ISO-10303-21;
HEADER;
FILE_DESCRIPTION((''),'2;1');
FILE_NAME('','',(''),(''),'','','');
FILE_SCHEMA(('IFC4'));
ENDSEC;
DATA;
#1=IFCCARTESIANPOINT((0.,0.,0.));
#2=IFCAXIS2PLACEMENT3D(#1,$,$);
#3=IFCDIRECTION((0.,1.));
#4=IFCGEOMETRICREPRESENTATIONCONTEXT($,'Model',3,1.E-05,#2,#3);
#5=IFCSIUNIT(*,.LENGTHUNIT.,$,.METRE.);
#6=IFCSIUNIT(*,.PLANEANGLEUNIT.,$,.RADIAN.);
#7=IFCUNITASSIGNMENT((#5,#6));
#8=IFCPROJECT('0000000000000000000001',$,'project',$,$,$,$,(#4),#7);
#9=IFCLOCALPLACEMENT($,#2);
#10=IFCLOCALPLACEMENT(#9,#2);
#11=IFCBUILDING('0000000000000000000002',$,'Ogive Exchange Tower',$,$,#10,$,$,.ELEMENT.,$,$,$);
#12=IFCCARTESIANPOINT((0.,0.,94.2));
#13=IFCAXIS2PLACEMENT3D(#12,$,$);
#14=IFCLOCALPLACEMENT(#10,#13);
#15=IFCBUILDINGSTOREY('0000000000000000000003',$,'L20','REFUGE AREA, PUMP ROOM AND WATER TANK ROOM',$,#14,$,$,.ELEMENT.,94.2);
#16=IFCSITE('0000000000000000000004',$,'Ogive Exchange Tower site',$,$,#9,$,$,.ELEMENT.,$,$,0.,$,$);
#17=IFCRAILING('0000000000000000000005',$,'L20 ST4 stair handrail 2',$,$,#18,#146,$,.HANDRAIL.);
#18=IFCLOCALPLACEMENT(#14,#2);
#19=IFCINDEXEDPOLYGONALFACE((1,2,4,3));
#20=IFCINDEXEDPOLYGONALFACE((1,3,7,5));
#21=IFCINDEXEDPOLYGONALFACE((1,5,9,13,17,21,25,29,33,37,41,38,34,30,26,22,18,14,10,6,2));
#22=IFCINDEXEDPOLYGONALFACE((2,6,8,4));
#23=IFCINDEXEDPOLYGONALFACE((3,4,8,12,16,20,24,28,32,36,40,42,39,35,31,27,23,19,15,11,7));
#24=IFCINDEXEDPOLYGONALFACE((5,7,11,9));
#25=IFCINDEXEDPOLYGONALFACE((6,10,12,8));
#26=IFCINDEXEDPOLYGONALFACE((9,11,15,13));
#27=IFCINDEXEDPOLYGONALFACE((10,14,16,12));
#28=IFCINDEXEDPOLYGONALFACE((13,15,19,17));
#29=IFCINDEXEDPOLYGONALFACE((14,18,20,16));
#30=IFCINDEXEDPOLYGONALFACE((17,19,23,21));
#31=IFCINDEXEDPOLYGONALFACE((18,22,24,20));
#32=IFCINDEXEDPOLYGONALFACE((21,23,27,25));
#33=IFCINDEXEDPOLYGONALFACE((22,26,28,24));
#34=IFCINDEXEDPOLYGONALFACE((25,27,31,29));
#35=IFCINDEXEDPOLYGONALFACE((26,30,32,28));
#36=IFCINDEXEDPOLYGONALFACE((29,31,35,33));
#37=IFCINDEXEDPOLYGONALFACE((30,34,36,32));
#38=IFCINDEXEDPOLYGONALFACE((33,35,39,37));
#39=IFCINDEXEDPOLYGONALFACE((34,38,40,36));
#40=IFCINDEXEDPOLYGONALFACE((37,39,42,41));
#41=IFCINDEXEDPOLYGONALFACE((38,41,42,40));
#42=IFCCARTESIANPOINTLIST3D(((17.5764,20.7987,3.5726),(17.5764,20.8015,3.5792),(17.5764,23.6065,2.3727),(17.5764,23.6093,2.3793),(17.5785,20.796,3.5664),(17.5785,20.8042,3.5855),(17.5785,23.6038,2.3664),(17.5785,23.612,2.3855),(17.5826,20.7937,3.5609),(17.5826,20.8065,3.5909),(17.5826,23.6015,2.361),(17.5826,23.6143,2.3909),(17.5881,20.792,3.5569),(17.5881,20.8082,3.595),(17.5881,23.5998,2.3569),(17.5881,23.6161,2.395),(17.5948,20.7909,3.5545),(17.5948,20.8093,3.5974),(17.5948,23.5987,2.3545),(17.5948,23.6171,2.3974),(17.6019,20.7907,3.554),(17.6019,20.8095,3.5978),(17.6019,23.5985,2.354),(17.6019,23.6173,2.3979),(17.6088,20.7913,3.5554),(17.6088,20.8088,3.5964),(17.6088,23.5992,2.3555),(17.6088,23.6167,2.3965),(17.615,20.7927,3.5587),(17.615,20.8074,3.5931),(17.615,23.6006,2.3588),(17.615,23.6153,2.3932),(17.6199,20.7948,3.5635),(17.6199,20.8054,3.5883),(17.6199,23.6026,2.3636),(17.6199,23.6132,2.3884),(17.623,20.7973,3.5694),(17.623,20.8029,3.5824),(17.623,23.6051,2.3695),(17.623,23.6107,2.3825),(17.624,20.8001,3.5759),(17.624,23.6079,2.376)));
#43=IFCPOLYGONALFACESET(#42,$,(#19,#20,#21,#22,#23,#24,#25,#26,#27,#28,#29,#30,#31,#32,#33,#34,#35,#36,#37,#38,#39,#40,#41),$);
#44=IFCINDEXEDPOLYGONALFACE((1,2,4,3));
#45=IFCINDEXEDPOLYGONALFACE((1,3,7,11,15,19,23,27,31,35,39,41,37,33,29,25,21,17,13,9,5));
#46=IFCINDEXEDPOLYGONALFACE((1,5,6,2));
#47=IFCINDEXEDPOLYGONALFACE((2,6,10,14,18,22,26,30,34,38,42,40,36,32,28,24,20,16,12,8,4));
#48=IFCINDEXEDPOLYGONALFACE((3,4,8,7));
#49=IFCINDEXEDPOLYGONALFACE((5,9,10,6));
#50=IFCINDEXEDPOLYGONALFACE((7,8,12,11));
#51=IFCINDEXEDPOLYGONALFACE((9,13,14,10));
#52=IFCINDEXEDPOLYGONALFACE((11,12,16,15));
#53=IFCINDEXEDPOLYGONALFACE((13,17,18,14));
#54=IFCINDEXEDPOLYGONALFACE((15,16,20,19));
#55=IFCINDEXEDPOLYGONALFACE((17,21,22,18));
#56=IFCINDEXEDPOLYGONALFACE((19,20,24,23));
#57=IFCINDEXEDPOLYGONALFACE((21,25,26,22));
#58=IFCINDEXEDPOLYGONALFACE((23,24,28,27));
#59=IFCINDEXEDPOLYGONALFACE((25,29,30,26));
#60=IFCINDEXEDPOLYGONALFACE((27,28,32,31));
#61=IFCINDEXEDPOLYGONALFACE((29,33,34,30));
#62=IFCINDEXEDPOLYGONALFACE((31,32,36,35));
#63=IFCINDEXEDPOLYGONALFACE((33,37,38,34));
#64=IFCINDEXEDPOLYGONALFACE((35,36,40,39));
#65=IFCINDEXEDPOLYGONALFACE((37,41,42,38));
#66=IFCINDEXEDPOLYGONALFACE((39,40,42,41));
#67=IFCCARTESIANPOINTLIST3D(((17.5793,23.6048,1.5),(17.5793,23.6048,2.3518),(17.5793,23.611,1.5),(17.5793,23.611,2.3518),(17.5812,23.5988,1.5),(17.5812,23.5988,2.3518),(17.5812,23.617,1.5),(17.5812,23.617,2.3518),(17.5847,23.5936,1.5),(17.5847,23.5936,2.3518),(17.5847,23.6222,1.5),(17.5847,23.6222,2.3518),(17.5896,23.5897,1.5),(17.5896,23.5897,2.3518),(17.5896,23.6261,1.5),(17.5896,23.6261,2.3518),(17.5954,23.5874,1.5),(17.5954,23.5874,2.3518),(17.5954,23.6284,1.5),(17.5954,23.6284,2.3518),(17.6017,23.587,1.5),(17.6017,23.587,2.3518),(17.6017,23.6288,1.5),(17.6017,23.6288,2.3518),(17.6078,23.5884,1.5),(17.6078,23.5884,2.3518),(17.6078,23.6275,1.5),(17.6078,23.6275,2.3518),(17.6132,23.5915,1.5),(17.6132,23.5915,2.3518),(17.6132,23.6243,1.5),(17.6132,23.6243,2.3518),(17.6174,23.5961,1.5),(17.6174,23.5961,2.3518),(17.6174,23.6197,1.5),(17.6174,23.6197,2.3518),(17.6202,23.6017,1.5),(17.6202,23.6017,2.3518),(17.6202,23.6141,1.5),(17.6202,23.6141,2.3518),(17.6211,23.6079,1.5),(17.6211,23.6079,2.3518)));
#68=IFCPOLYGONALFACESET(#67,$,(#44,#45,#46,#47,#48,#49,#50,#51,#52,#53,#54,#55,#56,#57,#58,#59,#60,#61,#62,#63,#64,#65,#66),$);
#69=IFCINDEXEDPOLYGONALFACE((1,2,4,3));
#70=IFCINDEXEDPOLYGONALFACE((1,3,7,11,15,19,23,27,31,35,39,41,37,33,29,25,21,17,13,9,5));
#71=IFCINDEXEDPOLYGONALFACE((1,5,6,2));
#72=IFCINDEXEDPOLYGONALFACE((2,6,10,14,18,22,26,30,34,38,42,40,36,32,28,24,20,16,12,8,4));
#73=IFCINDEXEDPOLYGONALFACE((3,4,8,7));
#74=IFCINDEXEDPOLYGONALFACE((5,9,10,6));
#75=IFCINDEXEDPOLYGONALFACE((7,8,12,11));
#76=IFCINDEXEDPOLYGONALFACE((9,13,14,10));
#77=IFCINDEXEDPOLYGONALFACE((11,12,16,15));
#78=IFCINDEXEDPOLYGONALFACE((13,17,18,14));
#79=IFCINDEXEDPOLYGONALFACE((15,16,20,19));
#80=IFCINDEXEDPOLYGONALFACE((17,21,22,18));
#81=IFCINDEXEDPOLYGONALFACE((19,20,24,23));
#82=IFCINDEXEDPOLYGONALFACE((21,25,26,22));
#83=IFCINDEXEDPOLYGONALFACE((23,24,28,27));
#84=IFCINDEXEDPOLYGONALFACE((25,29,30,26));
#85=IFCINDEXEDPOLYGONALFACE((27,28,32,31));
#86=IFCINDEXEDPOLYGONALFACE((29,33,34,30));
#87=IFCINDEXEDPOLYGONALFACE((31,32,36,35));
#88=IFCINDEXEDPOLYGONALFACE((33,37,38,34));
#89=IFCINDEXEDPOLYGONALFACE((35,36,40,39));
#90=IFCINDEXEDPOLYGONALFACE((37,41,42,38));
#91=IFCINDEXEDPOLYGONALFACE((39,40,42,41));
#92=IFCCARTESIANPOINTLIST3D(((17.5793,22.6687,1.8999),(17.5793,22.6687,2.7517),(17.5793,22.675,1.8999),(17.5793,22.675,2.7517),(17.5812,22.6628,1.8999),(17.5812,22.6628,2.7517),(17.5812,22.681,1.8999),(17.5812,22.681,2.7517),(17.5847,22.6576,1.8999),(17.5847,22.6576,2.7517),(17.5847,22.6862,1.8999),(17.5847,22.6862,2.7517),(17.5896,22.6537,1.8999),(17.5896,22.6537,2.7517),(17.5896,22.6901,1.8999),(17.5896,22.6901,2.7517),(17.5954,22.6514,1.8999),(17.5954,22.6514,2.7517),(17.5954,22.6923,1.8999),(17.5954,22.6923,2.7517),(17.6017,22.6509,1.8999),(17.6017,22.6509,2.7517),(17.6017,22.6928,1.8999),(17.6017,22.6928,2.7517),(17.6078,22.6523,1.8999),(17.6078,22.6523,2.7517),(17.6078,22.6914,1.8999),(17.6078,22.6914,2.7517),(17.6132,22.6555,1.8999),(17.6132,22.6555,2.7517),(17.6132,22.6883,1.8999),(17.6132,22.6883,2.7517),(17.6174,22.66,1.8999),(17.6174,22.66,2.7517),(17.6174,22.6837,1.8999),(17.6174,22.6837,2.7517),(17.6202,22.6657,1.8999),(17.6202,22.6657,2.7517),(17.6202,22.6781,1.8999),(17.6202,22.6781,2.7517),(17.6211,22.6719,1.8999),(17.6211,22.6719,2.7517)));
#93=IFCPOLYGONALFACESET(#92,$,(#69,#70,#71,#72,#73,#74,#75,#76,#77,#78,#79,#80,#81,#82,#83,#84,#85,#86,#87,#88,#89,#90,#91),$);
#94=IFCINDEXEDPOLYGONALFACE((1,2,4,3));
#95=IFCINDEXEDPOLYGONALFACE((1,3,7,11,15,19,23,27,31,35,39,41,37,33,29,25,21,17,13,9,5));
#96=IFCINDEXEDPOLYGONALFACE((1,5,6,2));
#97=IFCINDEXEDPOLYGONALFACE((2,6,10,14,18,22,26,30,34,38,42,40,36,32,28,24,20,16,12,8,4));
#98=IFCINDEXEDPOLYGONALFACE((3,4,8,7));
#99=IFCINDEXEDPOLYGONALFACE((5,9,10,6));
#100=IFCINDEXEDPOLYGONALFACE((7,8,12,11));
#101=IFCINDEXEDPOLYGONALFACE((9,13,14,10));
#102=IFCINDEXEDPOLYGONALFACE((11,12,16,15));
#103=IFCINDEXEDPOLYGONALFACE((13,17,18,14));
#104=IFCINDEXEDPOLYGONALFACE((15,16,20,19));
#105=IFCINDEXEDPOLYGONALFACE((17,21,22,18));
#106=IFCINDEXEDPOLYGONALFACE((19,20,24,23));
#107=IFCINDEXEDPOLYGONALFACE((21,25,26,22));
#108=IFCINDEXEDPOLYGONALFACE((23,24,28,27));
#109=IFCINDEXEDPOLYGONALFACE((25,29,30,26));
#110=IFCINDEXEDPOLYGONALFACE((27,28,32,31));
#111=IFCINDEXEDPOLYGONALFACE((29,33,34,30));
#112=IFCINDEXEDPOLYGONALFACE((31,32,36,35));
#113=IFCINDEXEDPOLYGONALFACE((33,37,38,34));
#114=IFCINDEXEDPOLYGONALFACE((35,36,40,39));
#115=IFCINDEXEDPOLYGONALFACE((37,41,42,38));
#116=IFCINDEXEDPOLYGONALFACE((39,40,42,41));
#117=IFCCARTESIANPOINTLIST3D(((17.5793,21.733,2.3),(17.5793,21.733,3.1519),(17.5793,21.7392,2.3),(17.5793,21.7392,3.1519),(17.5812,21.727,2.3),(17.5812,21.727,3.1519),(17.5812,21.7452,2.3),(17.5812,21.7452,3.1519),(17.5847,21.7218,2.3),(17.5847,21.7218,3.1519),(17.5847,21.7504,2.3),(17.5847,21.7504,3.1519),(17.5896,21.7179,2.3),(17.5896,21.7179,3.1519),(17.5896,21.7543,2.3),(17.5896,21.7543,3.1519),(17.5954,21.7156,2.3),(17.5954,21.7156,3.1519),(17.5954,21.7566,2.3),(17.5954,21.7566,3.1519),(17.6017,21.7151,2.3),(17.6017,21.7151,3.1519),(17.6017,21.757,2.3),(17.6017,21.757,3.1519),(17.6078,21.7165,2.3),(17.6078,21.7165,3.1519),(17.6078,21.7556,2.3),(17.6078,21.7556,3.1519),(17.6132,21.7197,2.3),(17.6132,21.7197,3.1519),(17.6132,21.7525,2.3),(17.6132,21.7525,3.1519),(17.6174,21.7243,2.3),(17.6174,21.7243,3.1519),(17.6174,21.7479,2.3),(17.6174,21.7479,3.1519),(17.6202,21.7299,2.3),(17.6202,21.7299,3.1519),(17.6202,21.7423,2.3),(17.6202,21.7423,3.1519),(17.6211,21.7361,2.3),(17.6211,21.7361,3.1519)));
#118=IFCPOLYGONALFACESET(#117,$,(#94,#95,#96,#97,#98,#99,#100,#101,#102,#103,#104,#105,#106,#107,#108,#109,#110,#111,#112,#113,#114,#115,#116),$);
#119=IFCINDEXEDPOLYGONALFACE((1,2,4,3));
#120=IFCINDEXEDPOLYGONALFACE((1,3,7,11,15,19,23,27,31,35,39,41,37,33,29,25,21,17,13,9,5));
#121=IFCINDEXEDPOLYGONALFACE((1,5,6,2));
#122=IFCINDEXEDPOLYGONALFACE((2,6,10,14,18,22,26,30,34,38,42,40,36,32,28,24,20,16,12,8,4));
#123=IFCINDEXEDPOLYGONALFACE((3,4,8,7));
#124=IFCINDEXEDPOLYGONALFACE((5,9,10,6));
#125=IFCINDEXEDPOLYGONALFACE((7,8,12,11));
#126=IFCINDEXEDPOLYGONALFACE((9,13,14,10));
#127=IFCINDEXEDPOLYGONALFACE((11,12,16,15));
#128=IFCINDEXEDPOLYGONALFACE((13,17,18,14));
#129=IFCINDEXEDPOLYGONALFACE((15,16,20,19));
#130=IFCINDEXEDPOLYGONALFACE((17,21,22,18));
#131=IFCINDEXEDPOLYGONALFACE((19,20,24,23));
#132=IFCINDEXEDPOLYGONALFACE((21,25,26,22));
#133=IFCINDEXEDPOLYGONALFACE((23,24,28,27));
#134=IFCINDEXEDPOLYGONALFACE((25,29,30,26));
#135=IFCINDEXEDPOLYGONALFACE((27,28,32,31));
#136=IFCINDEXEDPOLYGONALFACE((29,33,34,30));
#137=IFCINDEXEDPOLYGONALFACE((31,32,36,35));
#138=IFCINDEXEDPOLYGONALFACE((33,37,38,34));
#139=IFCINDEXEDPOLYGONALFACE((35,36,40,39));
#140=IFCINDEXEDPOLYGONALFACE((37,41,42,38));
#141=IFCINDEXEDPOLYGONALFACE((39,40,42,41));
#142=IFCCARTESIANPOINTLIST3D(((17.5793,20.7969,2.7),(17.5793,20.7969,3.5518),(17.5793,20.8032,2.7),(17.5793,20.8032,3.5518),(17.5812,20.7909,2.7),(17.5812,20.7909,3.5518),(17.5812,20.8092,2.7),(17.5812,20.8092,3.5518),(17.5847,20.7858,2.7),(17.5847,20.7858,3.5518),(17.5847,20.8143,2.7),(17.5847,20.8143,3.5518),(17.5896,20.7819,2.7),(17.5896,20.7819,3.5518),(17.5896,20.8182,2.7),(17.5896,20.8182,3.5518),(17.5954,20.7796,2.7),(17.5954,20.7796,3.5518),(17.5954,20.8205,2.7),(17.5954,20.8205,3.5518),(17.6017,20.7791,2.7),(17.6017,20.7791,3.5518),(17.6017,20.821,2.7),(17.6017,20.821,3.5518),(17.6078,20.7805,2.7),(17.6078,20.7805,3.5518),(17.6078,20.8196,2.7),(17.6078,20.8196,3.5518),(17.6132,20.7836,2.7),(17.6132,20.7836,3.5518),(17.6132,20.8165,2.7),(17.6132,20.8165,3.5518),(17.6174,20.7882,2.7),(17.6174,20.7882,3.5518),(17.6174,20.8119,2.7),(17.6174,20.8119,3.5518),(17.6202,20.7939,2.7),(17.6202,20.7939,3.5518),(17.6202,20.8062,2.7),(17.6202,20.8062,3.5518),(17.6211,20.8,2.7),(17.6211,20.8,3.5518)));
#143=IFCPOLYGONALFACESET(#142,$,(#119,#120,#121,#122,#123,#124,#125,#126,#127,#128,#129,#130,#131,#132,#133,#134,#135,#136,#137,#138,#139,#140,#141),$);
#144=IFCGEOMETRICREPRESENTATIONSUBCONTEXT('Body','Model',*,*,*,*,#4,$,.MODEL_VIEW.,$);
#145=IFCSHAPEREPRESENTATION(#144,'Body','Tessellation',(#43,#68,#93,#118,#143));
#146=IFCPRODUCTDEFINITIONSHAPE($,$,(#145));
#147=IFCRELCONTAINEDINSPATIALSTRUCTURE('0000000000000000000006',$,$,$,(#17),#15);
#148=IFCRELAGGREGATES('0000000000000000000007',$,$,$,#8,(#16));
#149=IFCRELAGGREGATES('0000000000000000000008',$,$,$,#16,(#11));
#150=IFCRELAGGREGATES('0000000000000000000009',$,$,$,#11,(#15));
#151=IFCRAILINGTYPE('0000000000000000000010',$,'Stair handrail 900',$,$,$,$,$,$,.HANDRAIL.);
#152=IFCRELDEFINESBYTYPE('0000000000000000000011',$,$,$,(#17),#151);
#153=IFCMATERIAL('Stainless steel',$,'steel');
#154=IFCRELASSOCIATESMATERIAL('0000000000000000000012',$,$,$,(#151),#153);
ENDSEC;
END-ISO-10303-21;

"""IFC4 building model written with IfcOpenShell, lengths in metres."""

from ifc_helpers import new_model, si_unit, direction, frame, origin, origin_2d, place, context, subcontext, project, spatial, circle, extrude, material, type_object, element, save


model = new_model("IFC4")

# Units and contexts
model_context = context("Model", 3, precision=1e-05, world=origin(), true_north=direction((0.0, 1.0)))
body_context = subcontext(model_context, "Body", "Model", "MODEL_VIEW")
ifc_project = project(units=[si_unit("LENGTHUNIT", "METRE"), si_unit("PLANEANGLEUNIT", "RADIAN")], contexts=[model_context])

# Site, building, storey
site_placement = place(None, origin())
site = spatial("IfcSite", under=ifc_project, at=site_placement, Name="Ogive Exchange Tower site", CompositionType="ELEMENT", RefElevation=0.0)
building_placement = place(site_placement, origin())
building = spatial("IfcBuilding", under=site, at=building_placement, Name="Ogive Exchange Tower", CompositionType="ELEMENT")
storey_placement = place(building_placement, frame((0.0, 0.0, 94.2)))
storey = spatial("IfcBuildingStorey", under=building, at=storey_placement, Name="L20", Description="REFUGE AREA, PUMP ROOM AND WATER TANK ROOM", CompositionType="ELEMENT", Elevation=94.2)

# Railing
ifc_material_1 = material(Name="Stainless steel", Category="steel")
railing_type = type_object("IfcRailingType", Name="Stair handrail 900", PredefinedType="HANDRAIL", material=ifc_material_1)
railing_1_placement = place(storey_placement, frame((17.6001, 23.6079, 1.5)))
element("IfcRailing", 1, at=railing_1_placement, inside=storey, type_object=railing_type, Name="L20 ST4 stair handrail 2", PredefinedType="HANDRAIL", context=body_context, shape_type="SweptSolid", body=[
    extrude(circle(Radius=0.0239, at=origin_2d()), frame((0.0, 0.0, 0.876), z_axis=(0.0, -0.91955, 0.392973), x_axis=(1.0, 0.0, 0.0)), (0.0, 0.0, 1.0), 3.0535),
    extrude(circle(Radius=0.021, at=origin_2d()), origin(), (0.0, 0.0, 1.0), 0.8518),
    extrude(circle(Radius=0.021, at=origin_2d()), frame((0.0, -0.936, 0.3999)), (0.0, 0.0, 1.0), 0.8518),
    extrude(circle(Radius=0.021, at=origin_2d()), frame((0.0, -1.8718, 0.8)), (0.0, 0.0, 1.0), 0.8518),
    extrude(circle(Radius=0.021, at=origin_2d()), frame((0.0, -2.8079, 1.2)), (0.0, 0.0, 1.0), 0.8518),
])

save(model, "model.ifc")
